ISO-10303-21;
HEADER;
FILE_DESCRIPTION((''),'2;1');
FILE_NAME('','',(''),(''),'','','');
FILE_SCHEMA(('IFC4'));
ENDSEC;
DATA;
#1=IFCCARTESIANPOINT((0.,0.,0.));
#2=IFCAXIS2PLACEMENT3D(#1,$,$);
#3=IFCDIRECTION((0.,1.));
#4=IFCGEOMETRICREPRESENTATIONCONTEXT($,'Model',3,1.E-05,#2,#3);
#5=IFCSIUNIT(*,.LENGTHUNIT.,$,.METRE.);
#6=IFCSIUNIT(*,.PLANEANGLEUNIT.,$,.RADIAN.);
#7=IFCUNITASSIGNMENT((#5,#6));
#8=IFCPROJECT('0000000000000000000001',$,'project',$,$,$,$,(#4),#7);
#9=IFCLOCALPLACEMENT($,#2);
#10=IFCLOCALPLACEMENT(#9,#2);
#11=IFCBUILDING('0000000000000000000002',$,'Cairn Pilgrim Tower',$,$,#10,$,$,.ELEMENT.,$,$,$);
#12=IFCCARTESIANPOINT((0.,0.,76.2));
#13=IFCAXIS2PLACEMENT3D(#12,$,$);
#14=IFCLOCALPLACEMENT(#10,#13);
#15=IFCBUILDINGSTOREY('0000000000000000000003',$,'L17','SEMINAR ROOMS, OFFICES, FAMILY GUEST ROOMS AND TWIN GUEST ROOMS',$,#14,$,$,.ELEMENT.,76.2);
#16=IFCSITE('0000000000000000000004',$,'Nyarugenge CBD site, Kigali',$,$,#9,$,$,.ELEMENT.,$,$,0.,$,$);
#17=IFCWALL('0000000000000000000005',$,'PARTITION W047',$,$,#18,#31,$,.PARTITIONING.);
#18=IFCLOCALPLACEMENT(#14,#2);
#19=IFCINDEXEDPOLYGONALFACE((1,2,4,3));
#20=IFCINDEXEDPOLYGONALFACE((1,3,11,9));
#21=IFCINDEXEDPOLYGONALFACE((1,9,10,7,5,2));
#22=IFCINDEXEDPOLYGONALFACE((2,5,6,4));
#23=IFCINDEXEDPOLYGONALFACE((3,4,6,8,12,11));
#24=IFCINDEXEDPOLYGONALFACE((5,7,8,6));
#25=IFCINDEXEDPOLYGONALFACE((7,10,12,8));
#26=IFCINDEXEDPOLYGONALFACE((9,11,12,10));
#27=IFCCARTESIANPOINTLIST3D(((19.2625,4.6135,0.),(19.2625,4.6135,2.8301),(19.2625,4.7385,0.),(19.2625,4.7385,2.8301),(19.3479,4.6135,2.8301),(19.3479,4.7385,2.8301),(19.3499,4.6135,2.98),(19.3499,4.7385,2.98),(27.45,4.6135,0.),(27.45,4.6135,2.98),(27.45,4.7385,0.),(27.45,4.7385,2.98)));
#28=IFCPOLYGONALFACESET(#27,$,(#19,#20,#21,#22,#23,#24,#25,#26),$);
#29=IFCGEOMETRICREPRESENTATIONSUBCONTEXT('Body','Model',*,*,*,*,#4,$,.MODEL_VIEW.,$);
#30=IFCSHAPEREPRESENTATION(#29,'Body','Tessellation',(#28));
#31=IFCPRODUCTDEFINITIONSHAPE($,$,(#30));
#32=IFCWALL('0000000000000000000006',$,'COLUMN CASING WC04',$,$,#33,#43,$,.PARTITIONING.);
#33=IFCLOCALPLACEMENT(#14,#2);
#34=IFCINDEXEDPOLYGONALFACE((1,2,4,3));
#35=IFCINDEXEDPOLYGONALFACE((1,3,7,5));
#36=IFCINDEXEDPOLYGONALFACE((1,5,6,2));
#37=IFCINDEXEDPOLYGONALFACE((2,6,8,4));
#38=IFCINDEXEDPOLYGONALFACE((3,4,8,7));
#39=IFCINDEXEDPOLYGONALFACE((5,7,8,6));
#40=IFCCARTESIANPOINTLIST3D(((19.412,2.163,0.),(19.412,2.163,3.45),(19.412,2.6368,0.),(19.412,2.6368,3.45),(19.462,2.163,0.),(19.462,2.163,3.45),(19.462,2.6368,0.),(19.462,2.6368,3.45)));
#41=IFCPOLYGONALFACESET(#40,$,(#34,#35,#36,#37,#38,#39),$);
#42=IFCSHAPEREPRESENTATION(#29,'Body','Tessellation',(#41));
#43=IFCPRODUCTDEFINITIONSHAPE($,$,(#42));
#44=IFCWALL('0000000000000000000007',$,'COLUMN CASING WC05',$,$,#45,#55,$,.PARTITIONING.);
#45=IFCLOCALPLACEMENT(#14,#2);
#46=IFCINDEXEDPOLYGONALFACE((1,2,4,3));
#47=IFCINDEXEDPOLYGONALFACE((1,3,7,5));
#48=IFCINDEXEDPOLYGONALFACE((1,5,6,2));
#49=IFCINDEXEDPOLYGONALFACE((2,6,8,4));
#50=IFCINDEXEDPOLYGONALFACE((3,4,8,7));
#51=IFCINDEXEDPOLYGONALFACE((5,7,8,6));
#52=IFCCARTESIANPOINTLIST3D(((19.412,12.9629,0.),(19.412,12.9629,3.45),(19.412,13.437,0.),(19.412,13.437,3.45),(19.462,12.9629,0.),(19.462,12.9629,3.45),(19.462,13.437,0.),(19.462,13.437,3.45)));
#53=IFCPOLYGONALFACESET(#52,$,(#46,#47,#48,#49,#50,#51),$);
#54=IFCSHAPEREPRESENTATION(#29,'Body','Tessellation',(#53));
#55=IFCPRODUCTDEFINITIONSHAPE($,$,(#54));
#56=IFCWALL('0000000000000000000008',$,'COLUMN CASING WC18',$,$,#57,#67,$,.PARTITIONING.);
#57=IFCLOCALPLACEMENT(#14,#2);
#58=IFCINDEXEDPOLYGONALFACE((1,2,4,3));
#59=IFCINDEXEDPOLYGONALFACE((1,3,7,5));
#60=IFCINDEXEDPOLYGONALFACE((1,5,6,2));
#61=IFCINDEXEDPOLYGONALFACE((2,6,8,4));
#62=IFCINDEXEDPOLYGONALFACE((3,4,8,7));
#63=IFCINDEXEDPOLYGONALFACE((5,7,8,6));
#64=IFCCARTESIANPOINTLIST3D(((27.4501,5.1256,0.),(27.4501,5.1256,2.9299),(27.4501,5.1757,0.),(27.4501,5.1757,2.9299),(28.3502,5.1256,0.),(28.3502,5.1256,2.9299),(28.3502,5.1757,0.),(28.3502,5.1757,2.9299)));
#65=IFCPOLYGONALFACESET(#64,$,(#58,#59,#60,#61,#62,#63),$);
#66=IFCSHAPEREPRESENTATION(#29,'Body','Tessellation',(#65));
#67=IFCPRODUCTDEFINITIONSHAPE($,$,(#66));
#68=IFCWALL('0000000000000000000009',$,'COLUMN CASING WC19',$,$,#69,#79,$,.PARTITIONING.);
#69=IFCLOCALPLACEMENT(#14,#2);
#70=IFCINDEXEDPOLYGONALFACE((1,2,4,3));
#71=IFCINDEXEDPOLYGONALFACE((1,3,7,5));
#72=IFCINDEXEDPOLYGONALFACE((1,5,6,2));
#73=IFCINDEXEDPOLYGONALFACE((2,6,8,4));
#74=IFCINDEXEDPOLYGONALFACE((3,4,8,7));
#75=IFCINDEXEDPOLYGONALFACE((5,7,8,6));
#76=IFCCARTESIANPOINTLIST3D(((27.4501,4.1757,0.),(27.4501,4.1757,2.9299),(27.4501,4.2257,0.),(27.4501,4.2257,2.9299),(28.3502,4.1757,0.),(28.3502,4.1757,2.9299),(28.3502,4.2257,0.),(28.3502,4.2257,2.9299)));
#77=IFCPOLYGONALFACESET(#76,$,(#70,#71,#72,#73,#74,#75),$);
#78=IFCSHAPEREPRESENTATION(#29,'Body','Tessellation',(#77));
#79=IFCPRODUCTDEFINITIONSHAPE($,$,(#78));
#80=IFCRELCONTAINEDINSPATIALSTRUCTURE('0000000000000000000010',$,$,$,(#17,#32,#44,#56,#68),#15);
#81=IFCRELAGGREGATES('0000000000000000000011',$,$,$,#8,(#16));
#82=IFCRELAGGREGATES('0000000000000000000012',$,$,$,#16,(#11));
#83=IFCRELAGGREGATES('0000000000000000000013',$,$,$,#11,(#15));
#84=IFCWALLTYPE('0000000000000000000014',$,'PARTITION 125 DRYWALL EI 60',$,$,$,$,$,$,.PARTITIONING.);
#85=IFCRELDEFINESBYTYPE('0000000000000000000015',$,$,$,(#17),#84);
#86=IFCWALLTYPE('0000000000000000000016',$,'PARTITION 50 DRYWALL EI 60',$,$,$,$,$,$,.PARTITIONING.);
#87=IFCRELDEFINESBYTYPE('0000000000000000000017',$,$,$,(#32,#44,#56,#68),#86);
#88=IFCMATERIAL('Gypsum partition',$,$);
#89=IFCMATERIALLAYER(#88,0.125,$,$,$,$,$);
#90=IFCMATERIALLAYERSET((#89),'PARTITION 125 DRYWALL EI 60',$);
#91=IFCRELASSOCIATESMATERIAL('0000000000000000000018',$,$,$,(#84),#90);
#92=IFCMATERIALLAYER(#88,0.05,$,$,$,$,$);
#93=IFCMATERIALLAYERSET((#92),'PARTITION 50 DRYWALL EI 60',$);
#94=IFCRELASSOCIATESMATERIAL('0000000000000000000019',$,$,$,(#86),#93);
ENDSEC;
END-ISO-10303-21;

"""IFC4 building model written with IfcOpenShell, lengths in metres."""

from ifc_helpers import new_model, si_unit, direction, frame, frame_2d, origin, place, context, subcontext, project, spatial, polyline, rectangle, outline, extrude, material, layer, layer_set, type_object, element, save


model = new_model("IFC4")

# Units and contexts
model_context = context("Model", 3, precision=1e-05, world=origin(), true_north=direction((0.0, 1.0)))
body_context = subcontext(model_context, "Body", "Model", "MODEL_VIEW")
ifc_project = project(units=[si_unit("LENGTHUNIT", "METRE"), si_unit("PLANEANGLEUNIT", "RADIAN")], contexts=[model_context])

# Site, building, storey
site_placement = place(None, origin())
site = spatial("IfcSite", under=ifc_project, at=site_placement, Name="Nyarugenge CBD site, Kigali", CompositionType="ELEMENT", RefElevation=0.0)
building_placement = place(site_placement, origin())
building = spatial("IfcBuilding", under=site, at=building_placement, Name="Cairn Pilgrim Tower", CompositionType="ELEMENT")
storey_placement = place(building_placement, frame((0.0, 0.0, 76.2)))
storey = spatial("IfcBuildingStorey", under=building, at=storey_placement, Name="L17", Description="SEMINAR ROOMS, OFFICES, FAMILY GUEST ROOMS AND TWIN GUEST ROOMS", CompositionType="ELEMENT", Elevation=76.2)

# Shared definitions
ifc_material_1 = material(Name="Gypsum partition")
ifc_layer_1 = layer(ifc_material_1, 0.125)
ifc_layer_set_1 = layer_set([ifc_layer_1], Name="PARTITION 125 DRYWALL EI 60")
wall_type_1 = type_object("IfcWallType", Name="PARTITION 125 DRYWALL EI 60", PredefinedType="PARTITIONING", material=ifc_layer_set_1)

# Walls
wall_1_placement = place(storey_placement, frame((19.2625, 4.676, 0.0), z_axis=(0.0, 0.0, 1.0), x_axis=(1.0, 0.0, 0.0)))
element("IfcWall", 1, at=wall_1_placement, inside=storey, type_object=wall_type_1, Name="PARTITION W047", PredefinedType="PARTITIONING", context=body_context, shape_type="SweptSolid", body=[
    extrude(outline(polyline([(0.0, 0.0), (8.1875, 0.0), (8.1875, 2.98), (0.0874, 2.98), (0.0854, 2.8301), (0.0, 2.8301), (0.0, 0.0)])), frame((0.0, 0.0625, 0.0), z_axis=(0.0, -1.0, 0.0), x_axis=(1.0, 0.0, 0.0)), (0.0, 0.0, 1.0), 0.125),
])
ifc_layer_2 = layer(ifc_material_1, 0.05)
ifc_layer_set_2 = layer_set([ifc_layer_2], Name="PARTITION 50 DRYWALL EI 60")
wall_type_2 = type_object("IfcWallType", Name="PARTITION 50 DRYWALL EI 60", PredefinedType="PARTITIONING", material=ifc_layer_set_2)
wall_2_placement = place(storey_placement, frame((19.437, 2.1631, 0.0), z_axis=(0.0, 0.0, 1.0), x_axis=(0.0, 1.0, 0.0)))
element("IfcWall", 2, at=wall_2_placement, inside=storey, type_object=wall_type_2, Name="COLUMN CASING WC04", PredefinedType="PARTITIONING", context=body_context, shape_type="SweptSolid", body=[
    extrude(rectangle(XDim=0.4739, YDim=0.05, at=frame_2d((0.2368, 0.0))), origin(), (0.0, 0.0, 1.0), 3.45),
])
wall_3_placement = place(storey_placement, frame((19.437, 12.9629, 0.0), z_axis=(0.0, 0.0, 1.0), x_axis=(0.0, 1.0, 0.0)))
element("IfcWall", 3, at=wall_3_placement, inside=storey, type_object=wall_type_2, Name="COLUMN CASING WC05", PredefinedType="PARTITIONING", context=body_context, shape_type="SweptSolid", body=[
    extrude(rectangle(XDim=0.4741, YDim=0.05, at=frame_2d((0.2371, 0.0))), origin(), (0.0, 0.0, 1.0), 3.45),
])
for number, where, z_axis, x_axis, name in (
    (4, (27.45, 5.1506, 0.0), (0.0, 0.0, 1.0), (1.0, 0.0, 0.0), "COLUMN CASING WC18"),
    (5, (27.45, 4.2007, 0.0), (0.0, 0.0, 1.0), (1.0, 0.0, 0.0), "COLUMN CASING WC19"),
):
    element("IfcWall", number, at=place(storey_placement, frame(where, z_axis=z_axis, x_axis=x_axis)), inside=storey, type_object=wall_type_2, Name=name, PredefinedType="PARTITIONING", context=body_context, shape_type="SweptSolid", body=[
        extrude(rectangle(XDim=0.9001, YDim=0.05, at=frame_2d((0.4502, 0.0))), origin(), (0.0, 0.0, 1.0), 2.9299),
    ])

save(model, "model.ifc")
